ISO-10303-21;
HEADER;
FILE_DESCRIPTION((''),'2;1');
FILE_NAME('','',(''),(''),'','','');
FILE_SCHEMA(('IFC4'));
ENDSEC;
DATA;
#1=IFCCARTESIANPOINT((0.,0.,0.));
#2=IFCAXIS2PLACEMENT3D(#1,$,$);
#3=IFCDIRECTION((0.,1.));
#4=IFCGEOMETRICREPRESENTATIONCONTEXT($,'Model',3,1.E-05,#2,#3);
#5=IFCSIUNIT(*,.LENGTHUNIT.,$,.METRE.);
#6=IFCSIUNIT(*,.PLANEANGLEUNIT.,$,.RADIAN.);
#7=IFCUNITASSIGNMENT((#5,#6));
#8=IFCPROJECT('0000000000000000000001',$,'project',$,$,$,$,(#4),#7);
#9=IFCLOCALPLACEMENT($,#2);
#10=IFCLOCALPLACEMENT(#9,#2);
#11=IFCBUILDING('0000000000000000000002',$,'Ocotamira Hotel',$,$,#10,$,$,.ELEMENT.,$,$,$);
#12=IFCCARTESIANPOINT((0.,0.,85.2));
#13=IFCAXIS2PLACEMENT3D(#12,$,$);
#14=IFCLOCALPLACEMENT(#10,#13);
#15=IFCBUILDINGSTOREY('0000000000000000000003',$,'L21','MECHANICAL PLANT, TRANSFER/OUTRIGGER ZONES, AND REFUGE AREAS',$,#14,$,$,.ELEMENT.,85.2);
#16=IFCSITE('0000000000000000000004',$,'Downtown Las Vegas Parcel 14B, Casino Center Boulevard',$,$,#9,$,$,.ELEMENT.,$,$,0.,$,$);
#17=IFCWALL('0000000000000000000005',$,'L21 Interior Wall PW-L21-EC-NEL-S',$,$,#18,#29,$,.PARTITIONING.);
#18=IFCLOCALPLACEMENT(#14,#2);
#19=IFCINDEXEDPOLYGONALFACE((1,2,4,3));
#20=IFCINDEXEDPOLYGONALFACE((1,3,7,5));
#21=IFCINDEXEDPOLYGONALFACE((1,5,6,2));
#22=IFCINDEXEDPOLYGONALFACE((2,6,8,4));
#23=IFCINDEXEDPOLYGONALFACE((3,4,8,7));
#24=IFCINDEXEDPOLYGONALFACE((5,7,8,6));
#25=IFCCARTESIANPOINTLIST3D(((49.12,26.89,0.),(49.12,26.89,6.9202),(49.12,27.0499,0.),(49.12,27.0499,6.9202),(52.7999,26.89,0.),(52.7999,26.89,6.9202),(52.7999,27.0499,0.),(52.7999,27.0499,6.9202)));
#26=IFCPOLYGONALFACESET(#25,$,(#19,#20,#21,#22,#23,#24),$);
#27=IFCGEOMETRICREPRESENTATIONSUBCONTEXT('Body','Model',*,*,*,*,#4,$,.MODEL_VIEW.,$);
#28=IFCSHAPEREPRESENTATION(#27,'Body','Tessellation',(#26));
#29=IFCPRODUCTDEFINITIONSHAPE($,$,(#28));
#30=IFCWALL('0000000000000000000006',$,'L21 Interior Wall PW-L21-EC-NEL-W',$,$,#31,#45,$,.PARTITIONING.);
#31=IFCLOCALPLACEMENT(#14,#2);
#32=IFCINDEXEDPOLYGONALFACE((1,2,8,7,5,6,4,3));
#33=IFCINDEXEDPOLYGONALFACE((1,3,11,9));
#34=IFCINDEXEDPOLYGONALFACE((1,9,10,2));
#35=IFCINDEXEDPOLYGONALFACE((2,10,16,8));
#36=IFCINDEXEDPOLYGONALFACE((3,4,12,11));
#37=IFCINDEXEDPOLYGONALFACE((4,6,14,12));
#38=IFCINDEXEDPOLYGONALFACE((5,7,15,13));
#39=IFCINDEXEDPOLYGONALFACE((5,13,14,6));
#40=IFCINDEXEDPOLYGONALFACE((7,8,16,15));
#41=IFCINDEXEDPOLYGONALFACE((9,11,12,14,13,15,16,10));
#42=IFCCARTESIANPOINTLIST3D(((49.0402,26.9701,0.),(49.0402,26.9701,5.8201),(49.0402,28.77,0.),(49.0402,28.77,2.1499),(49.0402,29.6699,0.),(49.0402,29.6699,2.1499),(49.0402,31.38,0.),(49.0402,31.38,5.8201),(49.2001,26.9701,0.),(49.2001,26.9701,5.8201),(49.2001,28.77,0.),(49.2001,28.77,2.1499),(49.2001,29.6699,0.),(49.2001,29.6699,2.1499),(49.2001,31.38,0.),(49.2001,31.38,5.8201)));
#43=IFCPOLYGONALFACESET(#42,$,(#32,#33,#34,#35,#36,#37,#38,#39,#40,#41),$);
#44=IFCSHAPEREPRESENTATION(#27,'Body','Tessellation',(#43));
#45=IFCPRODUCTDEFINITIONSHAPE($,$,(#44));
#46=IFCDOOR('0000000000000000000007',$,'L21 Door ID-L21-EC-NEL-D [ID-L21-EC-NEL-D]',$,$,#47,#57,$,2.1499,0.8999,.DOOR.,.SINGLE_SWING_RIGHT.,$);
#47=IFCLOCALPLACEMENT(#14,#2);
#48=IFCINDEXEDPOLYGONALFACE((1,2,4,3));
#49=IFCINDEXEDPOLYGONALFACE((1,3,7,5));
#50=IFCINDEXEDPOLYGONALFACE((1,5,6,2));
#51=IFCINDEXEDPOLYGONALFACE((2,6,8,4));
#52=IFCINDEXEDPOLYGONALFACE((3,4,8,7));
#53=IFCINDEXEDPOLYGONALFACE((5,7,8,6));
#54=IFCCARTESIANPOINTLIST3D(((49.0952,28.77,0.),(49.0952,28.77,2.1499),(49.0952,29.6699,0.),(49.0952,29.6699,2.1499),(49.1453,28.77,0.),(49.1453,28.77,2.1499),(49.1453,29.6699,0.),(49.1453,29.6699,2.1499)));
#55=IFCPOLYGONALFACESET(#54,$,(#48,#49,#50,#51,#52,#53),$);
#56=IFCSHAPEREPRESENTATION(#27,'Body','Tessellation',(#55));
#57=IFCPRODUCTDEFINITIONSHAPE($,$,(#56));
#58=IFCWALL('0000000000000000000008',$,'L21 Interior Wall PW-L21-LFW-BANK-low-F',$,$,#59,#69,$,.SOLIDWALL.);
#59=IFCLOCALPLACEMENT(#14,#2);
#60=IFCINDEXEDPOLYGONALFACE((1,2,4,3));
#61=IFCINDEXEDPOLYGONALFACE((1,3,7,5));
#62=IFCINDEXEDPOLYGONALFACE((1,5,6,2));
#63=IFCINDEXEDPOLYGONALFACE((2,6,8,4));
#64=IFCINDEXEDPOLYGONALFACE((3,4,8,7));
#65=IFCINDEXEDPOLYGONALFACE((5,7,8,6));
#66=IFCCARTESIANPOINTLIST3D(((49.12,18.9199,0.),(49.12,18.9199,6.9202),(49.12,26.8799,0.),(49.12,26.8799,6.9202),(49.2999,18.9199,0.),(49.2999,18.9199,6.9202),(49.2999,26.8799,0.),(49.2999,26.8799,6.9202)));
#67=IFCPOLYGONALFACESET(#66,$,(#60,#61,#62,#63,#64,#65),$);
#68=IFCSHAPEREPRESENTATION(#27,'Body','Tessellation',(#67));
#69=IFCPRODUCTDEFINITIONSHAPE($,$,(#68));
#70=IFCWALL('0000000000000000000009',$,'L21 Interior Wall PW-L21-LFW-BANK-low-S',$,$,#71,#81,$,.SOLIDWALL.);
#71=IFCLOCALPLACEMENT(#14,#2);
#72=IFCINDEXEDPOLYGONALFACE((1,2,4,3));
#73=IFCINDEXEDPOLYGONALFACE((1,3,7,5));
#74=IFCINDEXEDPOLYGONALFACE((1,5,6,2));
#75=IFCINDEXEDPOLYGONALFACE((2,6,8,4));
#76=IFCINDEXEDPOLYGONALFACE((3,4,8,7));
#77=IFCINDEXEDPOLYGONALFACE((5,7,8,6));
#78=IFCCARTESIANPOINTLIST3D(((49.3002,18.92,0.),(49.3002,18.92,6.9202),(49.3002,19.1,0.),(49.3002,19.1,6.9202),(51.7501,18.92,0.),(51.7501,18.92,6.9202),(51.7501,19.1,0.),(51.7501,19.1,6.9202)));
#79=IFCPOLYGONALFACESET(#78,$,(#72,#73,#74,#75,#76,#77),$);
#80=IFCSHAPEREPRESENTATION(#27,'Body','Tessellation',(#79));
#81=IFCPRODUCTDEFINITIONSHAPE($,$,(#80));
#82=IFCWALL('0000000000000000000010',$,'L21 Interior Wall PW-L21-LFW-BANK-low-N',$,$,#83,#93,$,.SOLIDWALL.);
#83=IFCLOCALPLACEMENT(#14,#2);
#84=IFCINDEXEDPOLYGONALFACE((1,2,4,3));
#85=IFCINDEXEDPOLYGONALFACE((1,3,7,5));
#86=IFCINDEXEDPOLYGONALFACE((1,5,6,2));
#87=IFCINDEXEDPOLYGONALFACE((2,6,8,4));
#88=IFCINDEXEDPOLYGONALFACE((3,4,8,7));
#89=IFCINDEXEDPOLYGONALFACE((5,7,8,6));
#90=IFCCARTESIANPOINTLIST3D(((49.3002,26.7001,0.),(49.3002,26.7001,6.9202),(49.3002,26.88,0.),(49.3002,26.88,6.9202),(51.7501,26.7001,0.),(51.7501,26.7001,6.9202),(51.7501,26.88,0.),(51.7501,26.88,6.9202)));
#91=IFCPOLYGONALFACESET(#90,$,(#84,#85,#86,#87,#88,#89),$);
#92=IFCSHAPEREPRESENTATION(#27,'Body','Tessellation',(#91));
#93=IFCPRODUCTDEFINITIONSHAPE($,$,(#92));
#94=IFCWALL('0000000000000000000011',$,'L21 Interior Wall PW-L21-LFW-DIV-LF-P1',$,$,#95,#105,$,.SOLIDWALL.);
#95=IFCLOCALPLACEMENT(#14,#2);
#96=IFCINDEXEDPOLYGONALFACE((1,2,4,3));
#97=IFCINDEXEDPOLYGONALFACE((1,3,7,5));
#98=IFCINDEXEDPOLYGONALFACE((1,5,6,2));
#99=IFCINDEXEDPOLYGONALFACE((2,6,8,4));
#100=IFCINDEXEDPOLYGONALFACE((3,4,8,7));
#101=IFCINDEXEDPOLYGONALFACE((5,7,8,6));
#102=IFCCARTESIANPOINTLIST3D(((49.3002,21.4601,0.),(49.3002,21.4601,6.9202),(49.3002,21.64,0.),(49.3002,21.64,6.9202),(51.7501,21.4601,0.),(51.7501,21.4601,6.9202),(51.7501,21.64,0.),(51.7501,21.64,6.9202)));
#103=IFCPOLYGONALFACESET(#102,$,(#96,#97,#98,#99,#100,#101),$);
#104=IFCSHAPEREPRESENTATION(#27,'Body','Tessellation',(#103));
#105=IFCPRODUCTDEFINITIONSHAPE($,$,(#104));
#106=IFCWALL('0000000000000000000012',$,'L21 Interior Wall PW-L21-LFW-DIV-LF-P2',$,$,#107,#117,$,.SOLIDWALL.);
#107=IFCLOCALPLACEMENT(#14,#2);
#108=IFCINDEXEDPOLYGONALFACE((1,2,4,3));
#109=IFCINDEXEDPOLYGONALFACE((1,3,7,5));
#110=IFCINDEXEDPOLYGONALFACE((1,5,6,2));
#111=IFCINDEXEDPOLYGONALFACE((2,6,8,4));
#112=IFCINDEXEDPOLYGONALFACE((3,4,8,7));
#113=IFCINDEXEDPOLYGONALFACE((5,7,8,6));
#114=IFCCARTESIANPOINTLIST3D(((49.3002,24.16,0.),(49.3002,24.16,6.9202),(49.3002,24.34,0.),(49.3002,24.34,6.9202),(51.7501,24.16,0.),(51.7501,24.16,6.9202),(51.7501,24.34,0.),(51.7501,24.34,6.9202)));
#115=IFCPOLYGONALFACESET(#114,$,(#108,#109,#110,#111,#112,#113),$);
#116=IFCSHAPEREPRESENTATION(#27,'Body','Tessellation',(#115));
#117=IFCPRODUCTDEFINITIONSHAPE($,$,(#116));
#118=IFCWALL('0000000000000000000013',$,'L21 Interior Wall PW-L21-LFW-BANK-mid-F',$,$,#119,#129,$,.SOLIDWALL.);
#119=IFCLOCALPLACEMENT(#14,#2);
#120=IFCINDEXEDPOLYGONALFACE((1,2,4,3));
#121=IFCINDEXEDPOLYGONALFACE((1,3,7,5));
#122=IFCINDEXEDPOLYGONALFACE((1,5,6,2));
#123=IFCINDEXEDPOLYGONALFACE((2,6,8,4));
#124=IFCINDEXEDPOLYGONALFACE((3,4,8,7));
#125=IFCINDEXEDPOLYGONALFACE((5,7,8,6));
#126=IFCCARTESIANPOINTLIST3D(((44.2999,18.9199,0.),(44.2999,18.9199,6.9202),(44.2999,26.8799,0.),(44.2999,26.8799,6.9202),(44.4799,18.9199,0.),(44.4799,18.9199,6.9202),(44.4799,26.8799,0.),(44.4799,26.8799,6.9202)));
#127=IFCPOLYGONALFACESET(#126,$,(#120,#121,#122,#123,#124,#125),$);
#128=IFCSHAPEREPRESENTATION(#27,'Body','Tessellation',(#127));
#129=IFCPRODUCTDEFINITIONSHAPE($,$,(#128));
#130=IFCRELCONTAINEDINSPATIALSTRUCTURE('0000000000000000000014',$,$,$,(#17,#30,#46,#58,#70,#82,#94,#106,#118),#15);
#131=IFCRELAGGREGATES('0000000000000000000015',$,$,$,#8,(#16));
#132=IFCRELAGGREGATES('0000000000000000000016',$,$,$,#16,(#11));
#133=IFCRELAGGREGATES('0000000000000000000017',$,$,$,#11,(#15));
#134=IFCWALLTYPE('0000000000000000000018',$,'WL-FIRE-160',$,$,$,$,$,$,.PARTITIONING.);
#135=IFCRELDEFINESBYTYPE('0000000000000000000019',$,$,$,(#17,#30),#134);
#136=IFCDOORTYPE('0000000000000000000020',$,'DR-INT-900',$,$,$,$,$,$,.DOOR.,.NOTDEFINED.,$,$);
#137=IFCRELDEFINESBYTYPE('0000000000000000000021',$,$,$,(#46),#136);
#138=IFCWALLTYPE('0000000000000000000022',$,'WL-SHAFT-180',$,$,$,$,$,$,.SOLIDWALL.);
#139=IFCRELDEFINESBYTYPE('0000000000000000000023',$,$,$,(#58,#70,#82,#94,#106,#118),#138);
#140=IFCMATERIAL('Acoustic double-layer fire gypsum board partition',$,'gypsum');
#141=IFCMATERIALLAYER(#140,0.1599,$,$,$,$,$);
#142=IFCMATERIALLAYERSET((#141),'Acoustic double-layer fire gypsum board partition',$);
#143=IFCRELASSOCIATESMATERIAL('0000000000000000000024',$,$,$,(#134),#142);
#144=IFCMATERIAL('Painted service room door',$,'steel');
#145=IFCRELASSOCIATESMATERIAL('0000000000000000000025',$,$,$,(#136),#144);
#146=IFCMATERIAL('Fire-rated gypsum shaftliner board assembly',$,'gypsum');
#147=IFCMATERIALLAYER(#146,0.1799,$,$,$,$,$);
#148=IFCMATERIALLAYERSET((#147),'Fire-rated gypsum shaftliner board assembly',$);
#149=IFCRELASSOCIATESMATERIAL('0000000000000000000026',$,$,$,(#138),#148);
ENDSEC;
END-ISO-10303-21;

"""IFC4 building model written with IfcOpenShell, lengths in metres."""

from ifc_helpers import new_model, si_unit, direction, frame, frame_2d, origin, place, context, subcontext, project, spatial, rectangle, extrude, source, transform, mapped, material, layer, layer_set, type_object, element, fill, save


model = new_model("IFC4")

# Units and contexts
model_context = context("Model", 3, precision=1e-05, world=origin(), true_north=direction((0.0, 1.0)))
body_context = subcontext(model_context, "Body", "Model", "MODEL_VIEW")
ifc_project = project(units=[si_unit("LENGTHUNIT", "METRE"), si_unit("PLANEANGLEUNIT", "RADIAN")], contexts=[model_context])

# Site, building, storey
site_placement = place(None, origin())
site = spatial("IfcSite", under=ifc_project, at=site_placement, Name="Downtown Las Vegas Parcel 14B, Casino Center Boulevard", CompositionType="ELEMENT", RefElevation=0.0)
building_placement = place(site_placement, origin())
building = spatial("IfcBuilding", under=site, at=building_placement, Name="Ocotamira Hotel", CompositionType="ELEMENT")
storey_placement = place(building_placement, frame((0.0, 0.0, 85.2)))
storey = spatial("IfcBuildingStorey", under=building, at=storey_placement, Name="L21", Description="MECHANICAL PLANT, TRANSFER/OUTRIGGER ZONES, AND REFUGE AREAS", CompositionType="ELEMENT", Elevation=85.2)

# Wall
ifc_material_1 = material(Name="Acoustic double-layer fire gypsum board partition", Category="gypsum")
ifc_layer_1 = layer(ifc_material_1, 0.1599)
ifc_layer_set_1 = layer_set([ifc_layer_1], Name="Acoustic double-layer fire gypsum board partition")
wall_type_1 = type_object("IfcWallType", Name="WL-FIRE-160", PredefinedType="PARTITIONING", material=ifc_layer_set_1)
wall_1_placement = place(storey_placement, frame((49.1201, 26.97, 0.0), z_axis=(0.0, 0.0, 1.0), x_axis=(1.0, 0.0, 0.0)))
element("IfcWall", 1, at=wall_1_placement, inside=storey, type_object=wall_type_1, Name="L21 Interior Wall PW-L21-EC-NEL-S", PredefinedType="PARTITIONING", context=body_context, shape_type="SweptSolid", body=[
    extrude(rectangle(XDim=3.6799, YDim=0.1599, at=frame_2d((1.8398, 0.0))), origin(), (0.0, 0.0, 1.0), 6.9202),
])

# Wall, opening, door
wall_2_placement = place(storey_placement, frame((49.1201, 26.97, 0.0), z_axis=(0.0, 0.0, 1.0), x_axis=(0.0, 1.0, 0.0)))
wall_2 = element("IfcWall", 2, at=wall_2_placement, inside=storey, type_object=wall_type_1, Name="L21 Interior Wall PW-L21-EC-NEL-W", PredefinedType="PARTITIONING", context=body_context, shape_type="SweptSolid", body=[
    extrude(rectangle(XDim=4.4099, YDim=0.1599, at=frame_2d((2.2051, 0.0))), origin(), (0.0, 0.0, 1.0), 5.8201),
])
opening_placement = place(wall_2_placement, frame((1.8, 0.0, 0.0)))
opening = element("IfcOpeningElement", 3, at=opening_placement, cuts=wall_2, PredefinedType="OPENING", context=body_context, shape_type="SweptSolid", body=[
    extrude(rectangle(XDim=0.8999, YDim=2.1499, at=frame_2d((0.45, 1.075))), frame((0.0, 0.0898, 0.0), z_axis=(0.0, -1.0, 0.0), x_axis=(1.0, 0.0, 0.0)), (0.0, 0.0, 1.0), 0.1799),
])
ifc_material_2 = material(Name="Painted service room door", Category="steel")
door_type = type_object("IfcDoorType", Name="DR-INT-900", OperationType="NOTDEFINED", PredefinedType="DOOR", material=ifc_material_2)
shared_shape_1 = source(origin(), body_context, "Body", "SweptSolid", [
    extrude(rectangle(XDim=0.8999, YDim=2.1499, at=frame_2d((0.45, 1.075))), frame((0.0, 0.0249, 0.0), z_axis=(0.0, -1.0, 0.0), x_axis=(1.0, 0.0, 0.0)), (0.0, 0.0, 1.0), 0.05),
])
door_placement = place(opening_placement, origin())
door = element("IfcDoor", 4, at=door_placement, inside=storey, type_object=door_type, Name="L21 Door ID-L21-EC-NEL-D [ID-L21-EC-NEL-D]", OperationType="SINGLE_SWING_RIGHT", OverallHeight=2.1499, OverallWidth=0.8999, PredefinedType="DOOR", context=body_context, shape_type="MappedRepresentation", body=[
    mapped(shared_shape_1, transform((0.0, 0.0, 0.0), scale=1.0)),
])
fill(opening, door)

# Walls
ifc_material_3 = material(Name="Fire-rated gypsum shaftliner board assembly", Category="gypsum")
ifc_layer_2 = layer(ifc_material_3, 0.1799)
ifc_layer_set_2 = layer_set([ifc_layer_2], Name="Fire-rated gypsum shaftliner board assembly")
wall_type_2 = type_object("IfcWallType", Name="WL-SHAFT-180", PredefinedType="SOLIDWALL", material=ifc_layer_set_2)
wall_3_placement = place(storey_placement, frame((49.21, 18.9199, 0.0), z_axis=(0.0, 0.0, 1.0), x_axis=(0.0, 1.0, 0.0)))
element("IfcWall", 5, at=wall_3_placement, inside=storey, type_object=wall_type_2, Name="L21 Interior Wall PW-L21-LFW-BANK-low-F", PredefinedType="SOLIDWALL", context=body_context, shape_type="SweptSolid", body=[
    extrude(rectangle(XDim=7.96, YDim=0.1799, at=frame_2d((3.98, 0.0))), origin(), (0.0, 0.0, 1.0), 6.9202),
])
for number, where, z_axis, x_axis, name in (
    (6, (49.3, 19.01, 0.0), (0.0, 0.0, 1.0), (1.0, 0.0, 0.0), "L21 Interior Wall PW-L21-LFW-BANK-low-S"),
    (7, (49.3, 26.79, 0.0), (0.0, 0.0, 1.0), (1.0, 0.0, 0.0), "L21 Interior Wall PW-L21-LFW-BANK-low-N"),
    (8, (49.3, 21.55, 0.0), (0.0, 0.0, 1.0), (1.0, 0.0, 0.0), "L21 Interior Wall PW-L21-LFW-DIV-LF-P1"),
    (9, (49.3, 24.25, 0.0), (0.0, 0.0, 1.0), (1.0, 0.0, 0.0), "L21 Interior Wall PW-L21-LFW-DIV-LF-P2"),
):
    element("IfcWall", number, at=place(storey_placement, frame(where, z_axis=z_axis, x_axis=x_axis)), inside=storey, type_object=wall_type_2, Name=name, PredefinedType="SOLIDWALL", context=body_context, shape_type="SweptSolid", body=[
        extrude(rectangle(XDim=2.45, YDim=0.1799, at=frame_2d((1.2251, 0.0))), origin(), (0.0, 0.0, 1.0), 6.9202),
    ])
wall_4_placement = place(storey_placement, frame((44.3899, 18.9199, 0.0), z_axis=(0.0, 0.0, 1.0), x_axis=(0.0, 1.0, 0.0)))
element("IfcWall", 10, at=wall_4_placement, inside=storey, type_object=wall_type_2, Name="L21 Interior Wall PW-L21-LFW-BANK-mid-F", PredefinedType="SOLIDWALL", context=body_context, shape_type="SweptSolid", body=[
    extrude(rectangle(XDim=7.96, YDim=0.1799, at=frame_2d((3.98, 0.0))), origin(), (0.0, 0.0, 1.0), 6.9202),
])

save(model, "model.ifc")
